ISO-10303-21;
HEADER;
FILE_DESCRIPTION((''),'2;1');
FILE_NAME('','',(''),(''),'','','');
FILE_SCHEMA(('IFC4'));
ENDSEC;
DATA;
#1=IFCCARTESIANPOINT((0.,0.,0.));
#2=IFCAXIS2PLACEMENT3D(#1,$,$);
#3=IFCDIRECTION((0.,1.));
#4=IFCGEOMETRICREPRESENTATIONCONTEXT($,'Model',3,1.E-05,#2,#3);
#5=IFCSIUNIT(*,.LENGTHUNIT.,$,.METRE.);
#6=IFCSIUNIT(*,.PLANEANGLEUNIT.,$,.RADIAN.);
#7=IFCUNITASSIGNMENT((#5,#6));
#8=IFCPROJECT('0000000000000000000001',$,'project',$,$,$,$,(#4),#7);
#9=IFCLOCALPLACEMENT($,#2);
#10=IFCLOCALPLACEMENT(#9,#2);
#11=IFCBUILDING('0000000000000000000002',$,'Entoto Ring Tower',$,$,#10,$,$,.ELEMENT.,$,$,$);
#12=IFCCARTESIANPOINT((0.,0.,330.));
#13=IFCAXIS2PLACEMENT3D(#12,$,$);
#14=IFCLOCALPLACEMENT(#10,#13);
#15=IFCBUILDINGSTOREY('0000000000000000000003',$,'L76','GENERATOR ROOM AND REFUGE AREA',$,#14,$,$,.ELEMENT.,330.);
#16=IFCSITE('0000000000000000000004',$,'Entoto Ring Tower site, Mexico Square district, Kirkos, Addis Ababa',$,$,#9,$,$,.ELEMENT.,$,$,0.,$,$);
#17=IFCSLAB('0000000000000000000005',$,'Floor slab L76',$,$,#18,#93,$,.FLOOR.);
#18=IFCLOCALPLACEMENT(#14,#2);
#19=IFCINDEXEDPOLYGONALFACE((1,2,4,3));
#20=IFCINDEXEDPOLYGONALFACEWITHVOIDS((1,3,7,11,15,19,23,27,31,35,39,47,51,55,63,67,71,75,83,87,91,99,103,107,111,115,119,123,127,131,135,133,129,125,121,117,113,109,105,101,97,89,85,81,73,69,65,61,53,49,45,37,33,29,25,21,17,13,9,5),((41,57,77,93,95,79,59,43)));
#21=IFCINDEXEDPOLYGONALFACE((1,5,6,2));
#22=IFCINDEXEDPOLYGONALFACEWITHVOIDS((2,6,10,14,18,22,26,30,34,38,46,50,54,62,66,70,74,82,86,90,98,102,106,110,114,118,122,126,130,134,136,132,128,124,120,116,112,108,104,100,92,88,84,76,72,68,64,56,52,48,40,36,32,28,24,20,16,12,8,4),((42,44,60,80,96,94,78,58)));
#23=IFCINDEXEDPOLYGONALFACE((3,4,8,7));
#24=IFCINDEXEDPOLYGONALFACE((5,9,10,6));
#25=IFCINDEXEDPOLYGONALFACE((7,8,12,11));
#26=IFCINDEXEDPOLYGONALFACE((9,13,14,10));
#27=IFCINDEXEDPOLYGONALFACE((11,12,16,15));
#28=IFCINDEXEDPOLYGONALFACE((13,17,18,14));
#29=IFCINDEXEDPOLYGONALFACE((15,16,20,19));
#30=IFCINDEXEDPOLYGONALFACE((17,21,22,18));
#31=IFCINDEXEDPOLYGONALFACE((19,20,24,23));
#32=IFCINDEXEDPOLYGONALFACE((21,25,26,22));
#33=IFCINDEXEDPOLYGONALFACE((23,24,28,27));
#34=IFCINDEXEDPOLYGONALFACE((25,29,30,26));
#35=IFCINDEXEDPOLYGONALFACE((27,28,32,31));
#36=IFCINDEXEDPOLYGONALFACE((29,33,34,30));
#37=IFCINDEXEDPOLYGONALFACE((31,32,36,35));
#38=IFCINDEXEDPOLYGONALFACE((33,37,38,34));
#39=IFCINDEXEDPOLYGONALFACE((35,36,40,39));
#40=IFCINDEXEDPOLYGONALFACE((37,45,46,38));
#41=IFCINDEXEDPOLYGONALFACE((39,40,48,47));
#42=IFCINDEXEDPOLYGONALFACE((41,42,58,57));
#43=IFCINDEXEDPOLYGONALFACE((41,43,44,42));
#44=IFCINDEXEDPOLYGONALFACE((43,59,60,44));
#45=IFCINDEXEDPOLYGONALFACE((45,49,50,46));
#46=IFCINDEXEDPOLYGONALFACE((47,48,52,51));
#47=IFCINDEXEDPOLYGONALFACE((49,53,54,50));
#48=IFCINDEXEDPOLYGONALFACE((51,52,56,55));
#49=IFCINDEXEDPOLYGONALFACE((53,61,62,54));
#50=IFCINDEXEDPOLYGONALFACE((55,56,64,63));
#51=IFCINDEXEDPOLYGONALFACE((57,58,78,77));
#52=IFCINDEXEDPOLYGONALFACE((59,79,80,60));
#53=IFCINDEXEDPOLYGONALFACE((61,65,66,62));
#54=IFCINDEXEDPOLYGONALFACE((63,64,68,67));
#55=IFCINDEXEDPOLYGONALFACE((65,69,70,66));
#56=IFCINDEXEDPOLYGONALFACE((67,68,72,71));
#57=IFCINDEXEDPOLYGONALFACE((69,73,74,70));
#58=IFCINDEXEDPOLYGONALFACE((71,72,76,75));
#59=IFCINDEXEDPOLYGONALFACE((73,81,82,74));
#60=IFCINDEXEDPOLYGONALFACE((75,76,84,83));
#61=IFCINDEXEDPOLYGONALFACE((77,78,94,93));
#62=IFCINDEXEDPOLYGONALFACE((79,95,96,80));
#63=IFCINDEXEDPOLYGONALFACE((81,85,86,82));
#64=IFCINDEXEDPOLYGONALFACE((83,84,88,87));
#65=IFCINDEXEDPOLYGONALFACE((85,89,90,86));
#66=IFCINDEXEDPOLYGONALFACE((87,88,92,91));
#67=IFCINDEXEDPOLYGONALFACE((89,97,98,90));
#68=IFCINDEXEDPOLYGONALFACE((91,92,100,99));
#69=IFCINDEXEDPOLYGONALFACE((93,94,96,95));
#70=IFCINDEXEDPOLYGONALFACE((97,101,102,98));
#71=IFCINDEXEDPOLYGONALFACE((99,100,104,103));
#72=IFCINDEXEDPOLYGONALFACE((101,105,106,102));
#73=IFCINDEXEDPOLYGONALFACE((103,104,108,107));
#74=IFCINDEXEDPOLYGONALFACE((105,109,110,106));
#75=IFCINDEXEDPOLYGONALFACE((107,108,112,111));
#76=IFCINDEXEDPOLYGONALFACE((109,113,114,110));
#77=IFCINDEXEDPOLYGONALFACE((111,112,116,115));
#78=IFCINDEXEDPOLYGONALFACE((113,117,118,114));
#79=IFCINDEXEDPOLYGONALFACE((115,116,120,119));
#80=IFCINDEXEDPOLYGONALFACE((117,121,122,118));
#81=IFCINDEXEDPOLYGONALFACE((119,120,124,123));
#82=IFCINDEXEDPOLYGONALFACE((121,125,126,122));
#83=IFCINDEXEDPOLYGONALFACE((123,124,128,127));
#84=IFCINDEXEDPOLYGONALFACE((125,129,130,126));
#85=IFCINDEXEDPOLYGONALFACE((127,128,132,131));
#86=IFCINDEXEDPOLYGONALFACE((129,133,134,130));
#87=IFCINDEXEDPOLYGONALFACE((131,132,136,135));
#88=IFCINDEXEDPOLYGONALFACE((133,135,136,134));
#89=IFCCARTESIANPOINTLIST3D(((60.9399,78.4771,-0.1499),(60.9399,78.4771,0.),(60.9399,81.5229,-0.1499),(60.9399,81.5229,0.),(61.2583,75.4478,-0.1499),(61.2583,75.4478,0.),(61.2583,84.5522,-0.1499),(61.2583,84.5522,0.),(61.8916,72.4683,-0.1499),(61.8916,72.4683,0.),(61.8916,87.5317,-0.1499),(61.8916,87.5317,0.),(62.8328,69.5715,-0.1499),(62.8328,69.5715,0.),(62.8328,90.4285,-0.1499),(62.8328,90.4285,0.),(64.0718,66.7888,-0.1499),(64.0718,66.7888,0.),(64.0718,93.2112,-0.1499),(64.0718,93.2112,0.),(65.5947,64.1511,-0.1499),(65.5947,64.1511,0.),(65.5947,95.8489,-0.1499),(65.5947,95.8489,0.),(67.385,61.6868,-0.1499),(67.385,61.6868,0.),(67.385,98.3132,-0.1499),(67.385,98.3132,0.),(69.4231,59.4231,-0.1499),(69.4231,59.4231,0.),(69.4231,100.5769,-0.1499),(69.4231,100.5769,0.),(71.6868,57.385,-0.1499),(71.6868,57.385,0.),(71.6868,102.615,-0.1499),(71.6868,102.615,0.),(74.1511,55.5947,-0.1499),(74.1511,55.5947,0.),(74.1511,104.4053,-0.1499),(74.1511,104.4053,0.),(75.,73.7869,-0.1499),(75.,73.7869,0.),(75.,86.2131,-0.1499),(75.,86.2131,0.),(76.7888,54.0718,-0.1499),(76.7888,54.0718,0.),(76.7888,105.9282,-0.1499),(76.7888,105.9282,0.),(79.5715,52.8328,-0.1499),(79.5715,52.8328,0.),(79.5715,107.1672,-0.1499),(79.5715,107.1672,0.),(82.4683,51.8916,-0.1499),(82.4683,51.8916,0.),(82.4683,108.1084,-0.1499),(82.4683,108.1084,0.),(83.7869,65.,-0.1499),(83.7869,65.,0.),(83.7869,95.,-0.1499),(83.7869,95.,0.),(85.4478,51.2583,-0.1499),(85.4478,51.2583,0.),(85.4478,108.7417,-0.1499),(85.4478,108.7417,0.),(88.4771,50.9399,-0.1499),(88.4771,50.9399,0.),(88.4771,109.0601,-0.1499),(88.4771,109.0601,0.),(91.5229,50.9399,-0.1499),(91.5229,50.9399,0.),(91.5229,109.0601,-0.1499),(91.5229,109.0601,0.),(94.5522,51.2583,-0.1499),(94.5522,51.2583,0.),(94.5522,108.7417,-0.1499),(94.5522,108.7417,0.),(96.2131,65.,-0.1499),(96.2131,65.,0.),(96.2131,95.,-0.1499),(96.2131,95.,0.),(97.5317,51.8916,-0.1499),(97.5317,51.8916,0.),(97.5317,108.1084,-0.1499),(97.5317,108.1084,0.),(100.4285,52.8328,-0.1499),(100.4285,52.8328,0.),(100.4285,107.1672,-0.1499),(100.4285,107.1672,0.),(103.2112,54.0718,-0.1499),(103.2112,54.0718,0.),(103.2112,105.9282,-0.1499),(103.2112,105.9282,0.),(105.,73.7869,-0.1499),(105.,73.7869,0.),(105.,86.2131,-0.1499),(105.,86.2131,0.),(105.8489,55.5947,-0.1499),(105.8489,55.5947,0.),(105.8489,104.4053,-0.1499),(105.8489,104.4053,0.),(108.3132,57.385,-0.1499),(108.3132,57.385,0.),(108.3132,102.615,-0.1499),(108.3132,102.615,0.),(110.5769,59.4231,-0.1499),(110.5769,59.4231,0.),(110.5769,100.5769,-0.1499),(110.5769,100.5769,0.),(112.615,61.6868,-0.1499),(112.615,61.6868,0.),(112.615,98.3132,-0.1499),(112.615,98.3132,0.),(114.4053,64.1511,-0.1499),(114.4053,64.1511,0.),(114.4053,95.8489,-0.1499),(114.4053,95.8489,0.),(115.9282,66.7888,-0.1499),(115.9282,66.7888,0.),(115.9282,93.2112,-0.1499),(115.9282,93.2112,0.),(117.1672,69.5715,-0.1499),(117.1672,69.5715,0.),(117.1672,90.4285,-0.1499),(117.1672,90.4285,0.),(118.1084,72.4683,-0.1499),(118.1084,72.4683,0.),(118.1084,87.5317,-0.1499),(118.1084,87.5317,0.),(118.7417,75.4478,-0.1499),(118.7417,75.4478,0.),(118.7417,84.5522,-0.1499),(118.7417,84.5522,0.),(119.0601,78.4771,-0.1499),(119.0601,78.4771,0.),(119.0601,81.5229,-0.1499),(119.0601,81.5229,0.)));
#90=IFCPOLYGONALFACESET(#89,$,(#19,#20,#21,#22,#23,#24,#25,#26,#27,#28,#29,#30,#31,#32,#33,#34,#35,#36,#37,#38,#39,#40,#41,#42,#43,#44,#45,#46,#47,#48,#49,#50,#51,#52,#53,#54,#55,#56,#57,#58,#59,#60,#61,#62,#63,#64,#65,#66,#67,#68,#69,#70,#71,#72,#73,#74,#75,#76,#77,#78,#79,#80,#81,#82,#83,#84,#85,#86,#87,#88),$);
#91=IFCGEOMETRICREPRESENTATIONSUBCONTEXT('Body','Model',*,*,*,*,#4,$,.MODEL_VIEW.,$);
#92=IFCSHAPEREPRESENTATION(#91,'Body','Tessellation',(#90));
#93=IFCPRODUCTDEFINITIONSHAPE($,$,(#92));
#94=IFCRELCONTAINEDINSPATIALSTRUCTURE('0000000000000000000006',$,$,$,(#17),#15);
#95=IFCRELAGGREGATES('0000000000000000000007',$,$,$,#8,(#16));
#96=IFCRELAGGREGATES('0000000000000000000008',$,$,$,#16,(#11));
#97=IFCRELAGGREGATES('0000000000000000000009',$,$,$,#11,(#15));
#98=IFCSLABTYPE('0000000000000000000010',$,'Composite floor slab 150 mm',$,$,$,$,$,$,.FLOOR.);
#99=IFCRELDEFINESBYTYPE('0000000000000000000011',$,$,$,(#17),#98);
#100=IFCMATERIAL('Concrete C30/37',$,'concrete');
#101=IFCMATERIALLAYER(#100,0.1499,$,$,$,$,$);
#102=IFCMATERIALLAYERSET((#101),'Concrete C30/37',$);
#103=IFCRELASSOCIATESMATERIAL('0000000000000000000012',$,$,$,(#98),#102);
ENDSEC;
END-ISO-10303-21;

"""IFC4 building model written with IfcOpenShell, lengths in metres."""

from ifc_helpers import new_model, si_unit, direction, frame, origin, place, context, subcontext, project, spatial, polyline, outline, extrude, material, layer, layer_set, type_object, element, save


model = new_model("IFC4")

# Units and contexts
model_context = context("Model", 3, precision=1e-05, world=origin(), true_north=direction((0.0, 1.0)))
body_context = subcontext(model_context, "Body", "Model", "MODEL_VIEW")
ifc_project = project(units=[si_unit("LENGTHUNIT", "METRE"), si_unit("PLANEANGLEUNIT", "RADIAN")], contexts=[model_context])

# Site, building, storey
site_placement = place(None, origin())
site = spatial("IfcSite", under=ifc_project, at=site_placement, Name="Entoto Ring Tower site, Mexico Square district, Kirkos, Addis Ababa", CompositionType="ELEMENT", RefElevation=0.0)
building_placement = place(site_placement, origin())
building = spatial("IfcBuilding", under=site, at=building_placement, Name="Entoto Ring Tower", CompositionType="ELEMENT")
storey_placement = place(building_placement, frame((0.0, 0.0, 330.0)))
storey = spatial("IfcBuildingStorey", under=building, at=storey_placement, Name="L76", Description="GENERATOR ROOM AND REFUGE AREA", CompositionType="ELEMENT", Elevation=330.0)

# Slab
ifc_material_1 = material(Name="Concrete C30/37", Category="concrete")
ifc_layer_1 = layer(ifc_material_1, 0.1499)
ifc_layer_set_1 = layer_set([ifc_layer_1], Name="Concrete C30/37")
slab_type_1 = type_object("IfcSlabType", Name="Composite floor slab 150 mm", PredefinedType="FLOOR", material=ifc_layer_set_1)
slab_1_placement = place(storey_placement, frame((0.0, 0.0, -0.1499)))
element("IfcSlab", 1, at=slab_1_placement, inside=storey, type_object=slab_type_1, Name="Floor slab L76", PredefinedType="FLOOR", context=body_context, shape_type="SweptSolid", body=[
    extrude(outline(polyline([(118.7417, 84.5522), (118.1084, 87.5317), (117.1672, 90.4285), (115.9282, 93.2112), (114.4053, 95.8489), (112.615, 98.3132), (110.5769, 100.5769), (108.3132, 102.615), (105.8489, 104.4053), (103.2112, 105.9282), (100.4285, 107.1672), (97.5317, 108.1084), (94.5522, 108.7417), (91.5229, 109.0601), (88.4771, 109.0601), (85.4478, 108.7417), (82.4683, 108.1084), (79.5715, 107.1672), (76.7888, 105.9282), (74.1511, 104.4053), (71.6868, 102.615), (69.4231, 100.5769), (67.385, 98.3132), (65.5947, 95.8489), (64.0718, 93.2112), (62.8328, 90.4285), (61.8916, 87.5317), (61.2583, 84.5522), (60.9399, 81.5229), (60.9399, 78.4771), (61.2583, 75.4478), (61.8916, 72.4683), (62.8328, 69.5715), (64.0718, 66.7888), (65.5947, 64.1511), (67.385, 61.6868), (69.4231, 59.4231), (71.6868, 57.385), (74.1511, 55.5947), (76.7888, 54.0718), (79.5715, 52.8328), (82.4683, 51.8916), (85.4478, 51.2583), (88.4771, 50.9399), (91.5229, 50.9399), (94.5522, 51.2583), (97.5317, 51.8916), (100.4285, 52.8328), (103.2112, 54.0718), (105.8489, 55.5947), (108.3132, 57.385), (110.5769, 59.4231), (112.615, 61.6868), (114.4053, 64.1511), (115.9282, 66.7888), (117.1672, 69.5715), (118.1084, 72.4683), (118.7417, 75.4478), (119.0601, 78.4771), (119.0601, 81.5229), (118.7417, 84.5522)]), holes=[polyline([(105.0, 73.7869), (105.0, 86.2131), (96.2131, 95.0), (83.7869, 95.0), (75.0, 86.2131), (75.0, 73.7869), (83.7869, 65.0), (96.2131, 65.0), (105.0, 73.7869)])]), origin(), (0.0, 0.0, 1.0), 0.1499),
])

save(model, "model.ifc")
